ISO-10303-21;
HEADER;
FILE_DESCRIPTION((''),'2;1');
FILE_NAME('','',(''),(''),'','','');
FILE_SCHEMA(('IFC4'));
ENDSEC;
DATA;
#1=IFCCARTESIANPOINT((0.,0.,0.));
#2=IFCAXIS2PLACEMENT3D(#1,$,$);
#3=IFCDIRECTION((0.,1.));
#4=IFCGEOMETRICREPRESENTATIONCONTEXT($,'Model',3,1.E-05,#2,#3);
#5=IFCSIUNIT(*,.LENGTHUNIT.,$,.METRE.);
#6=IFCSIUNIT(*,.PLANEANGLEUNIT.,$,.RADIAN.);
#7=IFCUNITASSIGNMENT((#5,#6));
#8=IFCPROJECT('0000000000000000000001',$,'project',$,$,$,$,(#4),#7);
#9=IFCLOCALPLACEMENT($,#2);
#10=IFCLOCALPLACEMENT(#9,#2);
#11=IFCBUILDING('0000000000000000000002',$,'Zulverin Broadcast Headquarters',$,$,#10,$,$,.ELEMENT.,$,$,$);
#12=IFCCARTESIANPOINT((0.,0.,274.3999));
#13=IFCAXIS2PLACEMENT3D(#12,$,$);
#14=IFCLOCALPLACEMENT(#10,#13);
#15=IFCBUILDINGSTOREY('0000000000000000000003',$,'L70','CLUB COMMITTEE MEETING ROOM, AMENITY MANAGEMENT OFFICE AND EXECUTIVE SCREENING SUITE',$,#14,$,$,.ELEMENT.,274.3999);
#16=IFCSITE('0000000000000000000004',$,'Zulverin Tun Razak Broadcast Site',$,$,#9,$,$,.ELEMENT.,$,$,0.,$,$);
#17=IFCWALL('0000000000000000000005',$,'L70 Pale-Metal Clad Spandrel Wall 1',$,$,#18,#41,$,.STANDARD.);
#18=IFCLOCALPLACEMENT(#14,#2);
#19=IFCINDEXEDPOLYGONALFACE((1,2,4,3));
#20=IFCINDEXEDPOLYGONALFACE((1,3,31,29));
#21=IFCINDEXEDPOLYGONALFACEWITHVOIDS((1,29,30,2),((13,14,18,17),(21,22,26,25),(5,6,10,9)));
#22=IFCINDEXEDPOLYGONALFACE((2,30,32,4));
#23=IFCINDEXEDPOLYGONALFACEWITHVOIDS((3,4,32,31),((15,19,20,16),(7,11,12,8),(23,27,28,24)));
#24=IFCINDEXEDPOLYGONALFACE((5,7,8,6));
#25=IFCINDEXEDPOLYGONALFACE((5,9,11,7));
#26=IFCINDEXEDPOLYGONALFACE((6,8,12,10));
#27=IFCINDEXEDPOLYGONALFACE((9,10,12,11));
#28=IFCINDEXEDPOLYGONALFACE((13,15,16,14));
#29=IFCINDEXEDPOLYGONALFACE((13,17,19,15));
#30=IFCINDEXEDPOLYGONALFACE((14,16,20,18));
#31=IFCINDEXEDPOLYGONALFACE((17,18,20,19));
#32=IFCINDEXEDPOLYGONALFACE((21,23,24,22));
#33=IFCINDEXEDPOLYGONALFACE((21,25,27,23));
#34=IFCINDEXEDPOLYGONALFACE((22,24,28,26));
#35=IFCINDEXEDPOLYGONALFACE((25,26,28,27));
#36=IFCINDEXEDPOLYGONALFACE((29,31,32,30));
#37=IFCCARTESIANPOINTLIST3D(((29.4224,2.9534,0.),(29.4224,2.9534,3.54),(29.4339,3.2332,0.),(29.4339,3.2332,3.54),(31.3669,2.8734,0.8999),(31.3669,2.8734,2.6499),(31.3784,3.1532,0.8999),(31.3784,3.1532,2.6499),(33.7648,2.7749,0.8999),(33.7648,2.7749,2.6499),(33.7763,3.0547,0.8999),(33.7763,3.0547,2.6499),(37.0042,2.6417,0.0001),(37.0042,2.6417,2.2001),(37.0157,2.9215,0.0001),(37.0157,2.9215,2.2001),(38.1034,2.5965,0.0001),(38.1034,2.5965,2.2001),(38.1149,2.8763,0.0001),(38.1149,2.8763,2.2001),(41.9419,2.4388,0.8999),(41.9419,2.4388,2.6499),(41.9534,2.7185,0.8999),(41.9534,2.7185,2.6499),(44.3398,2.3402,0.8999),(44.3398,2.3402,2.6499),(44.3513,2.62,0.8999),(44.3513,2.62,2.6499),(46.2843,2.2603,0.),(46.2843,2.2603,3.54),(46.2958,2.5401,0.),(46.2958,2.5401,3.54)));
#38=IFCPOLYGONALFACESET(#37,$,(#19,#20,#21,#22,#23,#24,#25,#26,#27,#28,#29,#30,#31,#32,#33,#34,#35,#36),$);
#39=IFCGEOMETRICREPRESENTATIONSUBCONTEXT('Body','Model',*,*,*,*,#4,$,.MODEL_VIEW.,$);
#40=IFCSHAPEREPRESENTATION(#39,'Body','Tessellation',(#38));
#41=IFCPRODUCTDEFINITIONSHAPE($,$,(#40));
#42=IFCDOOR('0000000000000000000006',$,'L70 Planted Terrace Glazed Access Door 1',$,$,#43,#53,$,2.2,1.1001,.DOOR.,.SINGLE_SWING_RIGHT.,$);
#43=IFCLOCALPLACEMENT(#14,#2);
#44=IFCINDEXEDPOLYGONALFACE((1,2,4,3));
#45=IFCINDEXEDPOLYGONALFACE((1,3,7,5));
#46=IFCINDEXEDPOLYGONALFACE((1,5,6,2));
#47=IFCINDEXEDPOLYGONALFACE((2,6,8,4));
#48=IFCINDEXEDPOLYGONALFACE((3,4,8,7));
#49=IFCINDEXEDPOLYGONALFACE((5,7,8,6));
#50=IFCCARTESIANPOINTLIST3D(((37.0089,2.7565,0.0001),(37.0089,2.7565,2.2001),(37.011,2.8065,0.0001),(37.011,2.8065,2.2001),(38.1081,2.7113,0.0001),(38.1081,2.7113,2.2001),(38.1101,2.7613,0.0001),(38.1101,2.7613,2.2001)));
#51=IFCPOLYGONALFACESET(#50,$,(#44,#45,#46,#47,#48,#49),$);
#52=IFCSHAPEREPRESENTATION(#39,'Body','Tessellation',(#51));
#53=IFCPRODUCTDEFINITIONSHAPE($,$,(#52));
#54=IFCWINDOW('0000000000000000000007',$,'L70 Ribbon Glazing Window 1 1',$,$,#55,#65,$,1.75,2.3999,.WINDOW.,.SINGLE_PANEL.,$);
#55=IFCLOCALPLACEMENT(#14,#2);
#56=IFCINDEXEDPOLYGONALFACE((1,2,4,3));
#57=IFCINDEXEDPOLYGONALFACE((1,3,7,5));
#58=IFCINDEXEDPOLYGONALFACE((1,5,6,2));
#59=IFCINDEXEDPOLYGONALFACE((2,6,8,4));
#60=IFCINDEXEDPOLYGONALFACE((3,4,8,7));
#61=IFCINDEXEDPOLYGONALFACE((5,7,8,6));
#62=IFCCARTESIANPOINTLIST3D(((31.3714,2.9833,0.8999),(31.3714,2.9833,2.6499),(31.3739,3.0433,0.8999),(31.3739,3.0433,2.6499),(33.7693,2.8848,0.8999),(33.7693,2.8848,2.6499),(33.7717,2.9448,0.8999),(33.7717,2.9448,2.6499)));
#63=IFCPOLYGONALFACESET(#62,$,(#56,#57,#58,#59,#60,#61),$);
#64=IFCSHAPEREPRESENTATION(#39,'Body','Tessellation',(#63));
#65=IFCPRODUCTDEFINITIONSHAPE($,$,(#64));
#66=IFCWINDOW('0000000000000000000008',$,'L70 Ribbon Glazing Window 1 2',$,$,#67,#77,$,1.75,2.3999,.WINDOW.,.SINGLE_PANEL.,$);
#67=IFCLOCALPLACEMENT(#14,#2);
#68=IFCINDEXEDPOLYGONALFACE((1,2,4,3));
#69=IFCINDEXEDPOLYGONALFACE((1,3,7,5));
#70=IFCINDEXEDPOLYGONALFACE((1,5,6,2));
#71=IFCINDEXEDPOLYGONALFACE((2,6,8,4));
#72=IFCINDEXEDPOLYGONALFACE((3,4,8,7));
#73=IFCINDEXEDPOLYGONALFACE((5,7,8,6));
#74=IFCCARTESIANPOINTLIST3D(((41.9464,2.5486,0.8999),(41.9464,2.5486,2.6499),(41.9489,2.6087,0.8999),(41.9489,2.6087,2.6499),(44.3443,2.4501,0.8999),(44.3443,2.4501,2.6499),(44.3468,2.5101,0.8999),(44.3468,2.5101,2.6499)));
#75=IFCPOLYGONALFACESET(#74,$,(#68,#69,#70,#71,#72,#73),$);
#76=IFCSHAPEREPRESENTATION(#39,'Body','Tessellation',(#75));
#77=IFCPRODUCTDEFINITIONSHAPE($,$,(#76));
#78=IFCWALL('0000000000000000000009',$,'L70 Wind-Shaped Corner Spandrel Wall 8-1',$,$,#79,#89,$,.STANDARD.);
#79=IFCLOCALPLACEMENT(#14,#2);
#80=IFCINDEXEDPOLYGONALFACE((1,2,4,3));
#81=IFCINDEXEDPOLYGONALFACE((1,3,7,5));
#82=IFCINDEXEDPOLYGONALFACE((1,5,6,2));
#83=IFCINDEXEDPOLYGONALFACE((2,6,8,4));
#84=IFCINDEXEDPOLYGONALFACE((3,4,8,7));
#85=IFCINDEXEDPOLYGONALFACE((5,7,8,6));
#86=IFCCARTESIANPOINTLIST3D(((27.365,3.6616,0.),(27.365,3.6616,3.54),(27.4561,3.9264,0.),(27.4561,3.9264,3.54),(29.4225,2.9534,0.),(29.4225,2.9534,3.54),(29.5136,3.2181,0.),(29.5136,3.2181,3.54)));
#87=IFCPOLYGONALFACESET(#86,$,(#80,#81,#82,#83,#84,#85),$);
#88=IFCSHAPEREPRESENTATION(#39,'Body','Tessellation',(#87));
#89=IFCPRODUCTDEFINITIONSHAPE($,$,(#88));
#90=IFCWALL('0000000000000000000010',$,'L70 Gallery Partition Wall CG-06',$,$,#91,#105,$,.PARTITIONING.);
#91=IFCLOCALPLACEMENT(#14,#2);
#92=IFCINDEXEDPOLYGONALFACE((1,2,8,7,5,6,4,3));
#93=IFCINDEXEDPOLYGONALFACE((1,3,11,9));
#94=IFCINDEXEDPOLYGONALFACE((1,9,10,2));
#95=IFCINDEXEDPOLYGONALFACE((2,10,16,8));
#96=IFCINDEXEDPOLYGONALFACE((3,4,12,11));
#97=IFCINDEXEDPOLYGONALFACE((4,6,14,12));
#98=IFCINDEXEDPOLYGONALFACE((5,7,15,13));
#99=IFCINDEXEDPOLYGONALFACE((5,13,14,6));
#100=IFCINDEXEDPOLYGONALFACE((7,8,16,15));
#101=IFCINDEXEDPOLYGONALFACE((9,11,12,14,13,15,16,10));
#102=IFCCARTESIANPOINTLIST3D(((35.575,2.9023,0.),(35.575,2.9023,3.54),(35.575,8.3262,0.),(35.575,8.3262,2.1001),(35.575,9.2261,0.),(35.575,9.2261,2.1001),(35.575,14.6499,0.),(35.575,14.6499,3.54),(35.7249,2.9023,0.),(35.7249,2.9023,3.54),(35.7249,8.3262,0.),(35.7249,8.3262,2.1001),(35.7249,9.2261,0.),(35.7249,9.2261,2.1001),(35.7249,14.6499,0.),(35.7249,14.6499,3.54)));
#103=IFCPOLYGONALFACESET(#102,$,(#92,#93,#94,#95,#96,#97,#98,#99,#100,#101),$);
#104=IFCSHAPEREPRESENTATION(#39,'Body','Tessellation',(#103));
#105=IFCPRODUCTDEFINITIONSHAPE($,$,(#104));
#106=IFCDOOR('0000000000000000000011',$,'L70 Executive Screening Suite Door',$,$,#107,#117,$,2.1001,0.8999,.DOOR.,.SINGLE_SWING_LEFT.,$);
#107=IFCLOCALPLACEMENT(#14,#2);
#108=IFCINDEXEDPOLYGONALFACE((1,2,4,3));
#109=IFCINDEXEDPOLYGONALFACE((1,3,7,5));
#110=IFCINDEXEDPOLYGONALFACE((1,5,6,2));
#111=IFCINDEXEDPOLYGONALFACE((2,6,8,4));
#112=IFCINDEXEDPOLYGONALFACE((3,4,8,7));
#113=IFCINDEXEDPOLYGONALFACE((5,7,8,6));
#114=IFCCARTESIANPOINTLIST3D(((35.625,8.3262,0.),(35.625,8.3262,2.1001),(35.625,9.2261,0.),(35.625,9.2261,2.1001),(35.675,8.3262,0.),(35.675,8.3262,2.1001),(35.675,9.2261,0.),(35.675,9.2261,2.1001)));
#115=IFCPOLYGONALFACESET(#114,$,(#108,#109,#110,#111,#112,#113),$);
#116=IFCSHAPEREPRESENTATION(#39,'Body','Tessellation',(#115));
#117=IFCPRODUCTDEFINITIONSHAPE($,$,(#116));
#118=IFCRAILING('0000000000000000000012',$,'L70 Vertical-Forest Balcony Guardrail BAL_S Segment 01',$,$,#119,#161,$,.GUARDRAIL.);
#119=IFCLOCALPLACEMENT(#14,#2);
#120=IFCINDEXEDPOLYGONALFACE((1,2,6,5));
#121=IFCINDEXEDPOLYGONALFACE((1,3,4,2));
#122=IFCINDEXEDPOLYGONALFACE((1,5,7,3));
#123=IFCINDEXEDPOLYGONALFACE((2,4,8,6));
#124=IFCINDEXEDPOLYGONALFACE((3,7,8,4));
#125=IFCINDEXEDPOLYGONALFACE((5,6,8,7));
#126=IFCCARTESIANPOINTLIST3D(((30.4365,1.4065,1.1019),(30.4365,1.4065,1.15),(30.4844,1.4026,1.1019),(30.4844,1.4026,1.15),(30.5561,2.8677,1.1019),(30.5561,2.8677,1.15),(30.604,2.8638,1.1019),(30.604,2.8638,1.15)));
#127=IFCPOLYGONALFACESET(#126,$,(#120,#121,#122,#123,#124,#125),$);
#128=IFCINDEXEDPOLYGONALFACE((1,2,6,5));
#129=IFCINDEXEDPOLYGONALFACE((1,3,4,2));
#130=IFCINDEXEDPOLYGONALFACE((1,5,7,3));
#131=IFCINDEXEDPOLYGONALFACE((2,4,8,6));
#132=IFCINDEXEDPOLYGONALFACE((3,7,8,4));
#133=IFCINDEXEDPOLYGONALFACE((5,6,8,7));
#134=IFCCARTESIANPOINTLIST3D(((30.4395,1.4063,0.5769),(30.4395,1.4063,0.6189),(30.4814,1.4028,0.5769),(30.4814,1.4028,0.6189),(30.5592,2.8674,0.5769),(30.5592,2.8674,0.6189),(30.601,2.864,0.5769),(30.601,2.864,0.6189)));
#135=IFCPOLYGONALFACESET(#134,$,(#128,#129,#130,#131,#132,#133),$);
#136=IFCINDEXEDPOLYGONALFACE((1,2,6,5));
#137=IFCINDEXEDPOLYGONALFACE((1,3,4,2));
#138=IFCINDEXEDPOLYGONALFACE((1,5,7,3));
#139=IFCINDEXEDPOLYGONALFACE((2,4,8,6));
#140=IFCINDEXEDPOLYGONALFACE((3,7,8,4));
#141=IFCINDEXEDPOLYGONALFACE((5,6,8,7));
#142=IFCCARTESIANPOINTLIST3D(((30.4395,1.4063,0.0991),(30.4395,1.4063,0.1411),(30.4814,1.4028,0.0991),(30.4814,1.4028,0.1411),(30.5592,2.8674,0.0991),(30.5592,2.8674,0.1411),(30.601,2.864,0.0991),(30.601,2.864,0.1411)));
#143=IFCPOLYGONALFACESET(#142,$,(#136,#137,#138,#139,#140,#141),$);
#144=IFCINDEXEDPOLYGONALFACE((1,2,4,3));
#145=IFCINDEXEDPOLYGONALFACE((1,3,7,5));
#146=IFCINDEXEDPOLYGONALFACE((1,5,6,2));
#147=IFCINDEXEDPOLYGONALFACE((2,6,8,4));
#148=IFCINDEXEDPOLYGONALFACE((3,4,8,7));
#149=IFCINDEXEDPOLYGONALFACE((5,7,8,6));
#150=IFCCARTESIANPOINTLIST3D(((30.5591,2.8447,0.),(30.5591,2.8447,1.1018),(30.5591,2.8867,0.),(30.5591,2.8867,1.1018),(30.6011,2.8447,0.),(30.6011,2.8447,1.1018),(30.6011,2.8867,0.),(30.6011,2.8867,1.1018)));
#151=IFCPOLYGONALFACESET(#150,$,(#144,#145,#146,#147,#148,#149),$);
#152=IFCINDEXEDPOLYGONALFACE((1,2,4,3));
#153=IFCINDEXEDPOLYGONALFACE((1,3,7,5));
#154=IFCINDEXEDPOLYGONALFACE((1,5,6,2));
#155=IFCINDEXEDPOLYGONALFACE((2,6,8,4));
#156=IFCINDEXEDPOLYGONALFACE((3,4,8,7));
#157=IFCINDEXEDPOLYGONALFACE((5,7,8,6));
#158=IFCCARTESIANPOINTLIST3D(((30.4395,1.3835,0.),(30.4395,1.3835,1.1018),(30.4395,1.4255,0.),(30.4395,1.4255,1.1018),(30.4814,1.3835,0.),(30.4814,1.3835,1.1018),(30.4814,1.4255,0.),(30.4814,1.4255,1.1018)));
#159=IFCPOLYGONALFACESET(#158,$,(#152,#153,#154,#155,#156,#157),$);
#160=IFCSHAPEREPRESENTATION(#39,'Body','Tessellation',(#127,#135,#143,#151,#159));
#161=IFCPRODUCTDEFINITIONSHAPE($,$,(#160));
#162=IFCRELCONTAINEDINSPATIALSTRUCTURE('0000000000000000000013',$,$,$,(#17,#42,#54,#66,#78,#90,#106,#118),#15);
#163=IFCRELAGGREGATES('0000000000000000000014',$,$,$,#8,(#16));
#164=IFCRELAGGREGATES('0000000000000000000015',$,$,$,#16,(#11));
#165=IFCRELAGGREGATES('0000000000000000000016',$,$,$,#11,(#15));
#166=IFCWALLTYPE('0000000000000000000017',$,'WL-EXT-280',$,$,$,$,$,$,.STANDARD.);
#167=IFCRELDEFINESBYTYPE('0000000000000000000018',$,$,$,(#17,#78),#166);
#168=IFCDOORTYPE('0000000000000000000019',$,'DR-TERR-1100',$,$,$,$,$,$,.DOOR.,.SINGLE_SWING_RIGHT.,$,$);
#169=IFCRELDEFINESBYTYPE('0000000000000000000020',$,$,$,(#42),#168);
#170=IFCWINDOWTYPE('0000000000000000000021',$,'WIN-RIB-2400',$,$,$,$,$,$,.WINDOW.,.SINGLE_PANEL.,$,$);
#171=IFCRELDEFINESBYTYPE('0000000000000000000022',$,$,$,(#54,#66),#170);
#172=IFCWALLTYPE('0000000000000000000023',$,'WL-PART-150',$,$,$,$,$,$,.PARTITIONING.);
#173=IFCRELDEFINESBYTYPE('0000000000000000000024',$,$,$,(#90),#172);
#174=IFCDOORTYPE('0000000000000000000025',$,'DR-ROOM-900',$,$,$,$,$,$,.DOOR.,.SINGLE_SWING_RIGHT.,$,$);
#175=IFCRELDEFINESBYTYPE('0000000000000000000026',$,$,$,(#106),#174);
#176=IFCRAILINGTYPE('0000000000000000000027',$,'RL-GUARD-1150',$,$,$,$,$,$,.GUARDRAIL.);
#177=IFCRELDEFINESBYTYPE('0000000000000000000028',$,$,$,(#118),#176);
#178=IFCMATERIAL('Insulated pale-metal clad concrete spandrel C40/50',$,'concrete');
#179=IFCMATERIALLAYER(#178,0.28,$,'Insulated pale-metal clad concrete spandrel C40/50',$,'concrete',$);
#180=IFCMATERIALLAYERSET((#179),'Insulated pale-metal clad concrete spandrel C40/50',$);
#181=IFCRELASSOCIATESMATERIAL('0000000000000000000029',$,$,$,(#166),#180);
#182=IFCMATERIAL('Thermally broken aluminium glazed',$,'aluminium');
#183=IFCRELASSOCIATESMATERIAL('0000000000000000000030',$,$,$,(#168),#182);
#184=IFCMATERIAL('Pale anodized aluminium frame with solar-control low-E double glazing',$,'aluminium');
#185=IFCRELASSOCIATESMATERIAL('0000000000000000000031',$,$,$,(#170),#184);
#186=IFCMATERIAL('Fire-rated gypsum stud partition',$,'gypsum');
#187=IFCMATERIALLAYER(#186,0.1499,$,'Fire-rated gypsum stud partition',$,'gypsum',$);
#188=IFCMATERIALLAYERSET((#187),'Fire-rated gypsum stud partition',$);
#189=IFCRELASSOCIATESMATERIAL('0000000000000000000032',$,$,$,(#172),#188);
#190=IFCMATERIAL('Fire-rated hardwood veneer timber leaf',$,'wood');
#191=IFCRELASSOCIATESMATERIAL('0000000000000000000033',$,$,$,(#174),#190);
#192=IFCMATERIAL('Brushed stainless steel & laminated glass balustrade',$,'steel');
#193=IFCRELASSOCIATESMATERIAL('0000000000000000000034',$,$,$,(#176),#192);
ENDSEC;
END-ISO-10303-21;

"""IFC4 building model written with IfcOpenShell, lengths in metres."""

from ifc_helpers import new_model, si_unit, direction, frame, frame_2d, origin, origin_2d, place, context, subcontext, project, spatial, rectangle, extrude, material, layer, layer_set, type_object, element, fill, save


model = new_model("IFC4")

# Units and contexts
model_context = context("Model", 3, precision=1e-05, world=origin(), true_north=direction((0.0, 1.0)))
body_context = subcontext(model_context, "Body", "Model", "MODEL_VIEW")
ifc_project = project(units=[si_unit("LENGTHUNIT", "METRE"), si_unit("PLANEANGLEUNIT", "RADIAN")], contexts=[model_context])

# Site, building, storey
site_placement = place(None, origin())
site = spatial("IfcSite", under=ifc_project, at=site_placement, Name="Zulverin Tun Razak Broadcast Site", CompositionType="ELEMENT", RefElevation=0.0)
building_placement = place(site_placement, origin())
building = spatial("IfcBuilding", under=site, at=building_placement, Name="Zulverin Broadcast Headquarters", CompositionType="ELEMENT")
storey_placement = place(building_placement, frame((0.0, 0.0, 274.3999)))
storey = spatial("IfcBuildingStorey", under=building, at=storey_placement, Name="L70", Description="CLUB COMMITTEE MEETING ROOM, AMENITY MANAGEMENT OFFICE AND EXECUTIVE SCREENING SUITE", CompositionType="ELEMENT", Elevation=274.3999)

# Wall, openings, door, windows
ifc_material_1 = material(Name="Insulated pale-metal clad concrete spandrel C40/50", Category="concrete")
ifc_layer_1 = layer(ifc_material_1, 0.28, Name="Insulated pale-metal clad concrete spandrel C40/50", Category="concrete")
ifc_layer_set_1 = layer_set([ifc_layer_1], Name="Insulated pale-metal clad concrete spandrel C40/50")
wall_type_1 = type_object("IfcWallType", Name="WL-EXT-280", PredefinedType="STANDARD", material=ifc_layer_set_1)
wall_1_placement = place(storey_placement, frame((29.4282, 3.0933, 0.0), z_axis=(0.0, 0.0, 1.0), x_axis=(0.999156, -0.04107, 0.0)))
wall_1 = element("IfcWall", 1, at=wall_1_placement, inside=storey, type_object=wall_type_1, Name="L70 Pale-Metal Clad Spandrel Wall 1", PredefinedType="STANDARD", context=body_context, shape_type="SweptSolid", body=[
    extrude(rectangle(XDim=16.8762, YDim=0.28, at=frame_2d((8.438, 0.0))), origin(), (0.0, 0.0, 1.0), 3.54),
])
opening_1_placement = place(wall_1_placement, frame((7.5881, 0.0, 0.0)))
opening_1 = element("IfcOpeningElement", 2, at=opening_1_placement, cuts=wall_1, PredefinedType="OPENING", context=body_context, shape_type="SweptSolid", body=[
    extrude(rectangle(XDim=1.1001, YDim=2.2, at=frame_2d((0.55, 1.1001))), frame((0.0, 0.1499, 0.0), z_axis=(0.0, -1.0, 0.0), x_axis=(1.0, 0.0, 0.0)), (0.0, 0.0, 1.0), 0.3),
])
opening_2_placement = place(wall_1_placement, frame((1.946, 0.0, 0.8999)))
opening_2 = element("IfcOpeningElement", 3, at=opening_2_placement, cuts=wall_1, PredefinedType="OPENING", context=body_context, shape_type="SweptSolid", body=[
    extrude(rectangle(XDim=2.3999, YDim=1.75, at=frame_2d((1.2, 0.875))), frame((0.0, 0.1499, 0.0), z_axis=(0.0, -1.0, 0.0), x_axis=(1.0, 0.0, 0.0)), (0.0, 0.0, 1.0), 0.3),
])
opening_3_placement = place(wall_1_placement, frame((12.53, 0.0, 0.8999)))
opening_3 = element("IfcOpeningElement", 4, at=opening_3_placement, cuts=wall_1, PredefinedType="OPENING", context=body_context, shape_type="SweptSolid", body=[
    extrude(rectangle(XDim=2.3999, YDim=1.75, at=frame_2d((1.2, 0.875))), frame((0.0, 0.1499, 0.0), z_axis=(0.0, -1.0, 0.0), x_axis=(1.0, 0.0, 0.0)), (0.0, 0.0, 1.0), 0.3),
])
ifc_material_2 = material(Name="Thermally broken aluminium glazed", Category="aluminium")
door_type_1 = type_object("IfcDoorType", Name="DR-TERR-1100", OperationType="SINGLE_SWING_RIGHT", PredefinedType="DOOR", material=ifc_material_2)
door_1_placement = place(opening_1_placement, origin())
door_1 = element("IfcDoor", 5, at=door_1_placement, inside=storey, type_object=door_type_1, Name="L70 Planted Terrace Glazed Access Door 1", OperationType="SINGLE_SWING_RIGHT", OverallHeight=2.2, OverallWidth=1.1001, PredefinedType="DOOR", context=body_context, shape_type="SweptSolid", body=[
    extrude(rectangle(XDim=1.1001, YDim=2.2, at=frame_2d((0.55, 1.1001))), frame((0.0, 0.0249, 0.0), z_axis=(0.0, -1.0, 0.0), x_axis=(1.0, 0.0, 0.0)), (0.0, 0.0, 1.0), 0.05),
])
fill(opening_1, door_1)
ifc_material_3 = material(Name="Pale anodized aluminium frame with solar-control low-E double glazing", Category="aluminium")
window_type = type_object("IfcWindowType", Name="WIN-RIB-2400", PartitioningType="SINGLE_PANEL", PredefinedType="WINDOW", material=ifc_material_3)
window_1_placement = place(opening_2_placement, origin())
window_1 = element("IfcWindow", 6, at=window_1_placement, inside=storey, type_object=window_type, Name="L70 Ribbon Glazing Window 1 1", OverallHeight=1.75, OverallWidth=2.3999, PartitioningType="SINGLE_PANEL", PredefinedType="WINDOW", context=body_context, shape_type="SweptSolid", body=[
    extrude(rectangle(XDim=2.3999, YDim=1.75, at=frame_2d((1.2, 0.875))), frame((0.0, 0.03, 0.0), z_axis=(0.0, -1.0, 0.0), x_axis=(1.0, 0.0, 0.0)), (0.0, 0.0, 1.0), 0.0601),
])
fill(opening_2, window_1)
window_2_placement = place(opening_3_placement, origin())
window_2 = element("IfcWindow", 7, at=window_2_placement, inside=storey, type_object=window_type, Name="L70 Ribbon Glazing Window 1 2", OverallHeight=1.75, OverallWidth=2.3999, PartitioningType="SINGLE_PANEL", PredefinedType="WINDOW", context=body_context, shape_type="SweptSolid", body=[
    extrude(rectangle(XDim=2.3999, YDim=1.75, at=frame_2d((1.2, 0.875))), frame((0.0, 0.03, 0.0), z_axis=(0.0, -1.0, 0.0), x_axis=(1.0, 0.0, 0.0)), (0.0, 0.0, 1.0), 0.0601),
])
fill(opening_3, window_2)

# Wall
wall_2_placement = place(storey_placement, frame((27.4106, 3.7939, 0.0), z_axis=(0.0, 0.0, 1.0), x_axis=(0.945553, -0.325469, 0.0)))
element("IfcWall", 8, at=wall_2_placement, inside=storey, type_object=wall_type_1, Name="L70 Wind-Shaped Corner Spandrel Wall 8-1", PredefinedType="STANDARD", context=body_context, shape_type="SweptSolid", body=[
    extrude(rectangle(XDim=2.176, YDim=0.28, at=frame_2d((1.0879, 0.0))), origin(), (0.0, 0.0, 1.0), 3.54),
])

# Wall, opening, door
ifc_material_4 = material(Name="Fire-rated gypsum stud partition", Category="gypsum")
ifc_layer_2 = layer(ifc_material_4, 0.1499, Name="Fire-rated gypsum stud partition", Category="gypsum")
ifc_layer_set_2 = layer_set([ifc_layer_2], Name="Fire-rated gypsum stud partition")
wall_type_2 = type_object("IfcWallType", Name="WL-PART-150", PredefinedType="PARTITIONING", material=ifc_layer_set_2)
wall_3_placement = place(storey_placement, frame((35.6499, 2.9023, 0.0), z_axis=(0.0, 0.0, 1.0), x_axis=(0.0, 1.0, 0.0)))
wall_3 = element("IfcWall", 9, at=wall_3_placement, inside=storey, type_object=wall_type_2, Name="L70 Gallery Partition Wall CG-06", PredefinedType="PARTITIONING", context=body_context, shape_type="SweptSolid", body=[
    extrude(rectangle(XDim=11.7476, YDim=0.1499, at=frame_2d((5.8738, 0.0))), origin(), (0.0, 0.0, 1.0), 3.54),
])
opening_4_placement = place(wall_3_placement, frame((5.4238, 0.0, 0.0)))
opening_4 = element("IfcOpeningElement", 10, at=opening_4_placement, cuts=wall_3, PredefinedType="OPENING", context=body_context, shape_type="SweptSolid", body=[
    extrude(rectangle(XDim=0.8999, YDim=2.1001, at=frame_2d((0.45, 1.05))), frame((0.0, 0.085, 0.0), z_axis=(0.0, -1.0, 0.0), x_axis=(1.0, 0.0, 0.0)), (0.0, 0.0, 1.0), 0.1699),
])
ifc_material_5 = material(Name="Fire-rated hardwood veneer timber leaf", Category="wood")
door_type_2 = type_object("IfcDoorType", Name="DR-ROOM-900", OperationType="SINGLE_SWING_RIGHT", PredefinedType="DOOR", material=ifc_material_5)
door_2_placement = place(opening_4_placement, origin())
door_2 = element("IfcDoor", 11, at=door_2_placement, inside=storey, type_object=door_type_2, Name="L70 Executive Screening Suite Door", OperationType="SINGLE_SWING_LEFT", OverallHeight=2.1001, OverallWidth=0.8999, PredefinedType="DOOR", context=body_context, shape_type="SweptSolid", body=[
    extrude(rectangle(XDim=0.8999, YDim=2.1001, at=frame_2d((0.45, 1.05))), frame((0.0, 0.0249, 0.0), z_axis=(0.0, -1.0, 0.0), x_axis=(1.0, 0.0, 0.0)), (0.0, 0.0, 1.0), 0.05),
])
fill(opening_4, door_2)

# Railing
ifc_material_6 = material(Name="Brushed stainless steel & laminated glass balustrade", Category="steel")
railing_type = type_object("IfcRailingType", Name="RL-GUARD-1150", PredefinedType="GUARDRAIL", material=ifc_material_6)
railing_1_placement = place(storey_placement, frame((30.5801, 2.8657, 0.0)))
element("IfcRailing", 12, at=railing_1_placement, inside=storey, type_object=railing_type, Name="L70 Vertical-Forest Balcony Guardrail BAL_S Segment 01", PredefinedType="GUARDRAIL", context=body_context, shape_type="SweptSolid", body=[
    extrude(rectangle(XDim=0.0481, YDim=0.0481, at=origin_2d()), frame((0.0, 0.0, 1.126), z_axis=(-0.081598, -0.996665, 0.0), x_axis=(0.996665, -0.081598, 0.0)), (0.0, 0.0, 1.0), 1.4661),
    extrude(rectangle(XDim=0.042, YDim=0.042, at=origin_2d()), frame((0.0, 0.0, 0.5979), z_axis=(-0.081598, -0.996665, 0.0), x_axis=(0.996665, -0.081598, 0.0)), (0.0, 0.0, 1.0), 1.4661),
    extrude(rectangle(XDim=0.042, YDim=0.042, at=origin_2d()), frame((0.0, 0.0, 0.1201), z_axis=(-0.081598, -0.996665, 0.0), x_axis=(0.996665, -0.081598, 0.0)), (0.0, 0.0, 1.0), 1.4661),
    extrude(rectangle(XDim=0.042, YDim=0.042, at=origin_2d()), origin(), (0.0, 0.0, 1.0), 1.1018),
    extrude(rectangle(XDim=0.042, YDim=0.042, at=origin_2d()), frame((-0.1196, -1.4612, 0.0)), (0.0, 0.0, 1.0), 1.1018),
])

save(model, "model.ifc")
